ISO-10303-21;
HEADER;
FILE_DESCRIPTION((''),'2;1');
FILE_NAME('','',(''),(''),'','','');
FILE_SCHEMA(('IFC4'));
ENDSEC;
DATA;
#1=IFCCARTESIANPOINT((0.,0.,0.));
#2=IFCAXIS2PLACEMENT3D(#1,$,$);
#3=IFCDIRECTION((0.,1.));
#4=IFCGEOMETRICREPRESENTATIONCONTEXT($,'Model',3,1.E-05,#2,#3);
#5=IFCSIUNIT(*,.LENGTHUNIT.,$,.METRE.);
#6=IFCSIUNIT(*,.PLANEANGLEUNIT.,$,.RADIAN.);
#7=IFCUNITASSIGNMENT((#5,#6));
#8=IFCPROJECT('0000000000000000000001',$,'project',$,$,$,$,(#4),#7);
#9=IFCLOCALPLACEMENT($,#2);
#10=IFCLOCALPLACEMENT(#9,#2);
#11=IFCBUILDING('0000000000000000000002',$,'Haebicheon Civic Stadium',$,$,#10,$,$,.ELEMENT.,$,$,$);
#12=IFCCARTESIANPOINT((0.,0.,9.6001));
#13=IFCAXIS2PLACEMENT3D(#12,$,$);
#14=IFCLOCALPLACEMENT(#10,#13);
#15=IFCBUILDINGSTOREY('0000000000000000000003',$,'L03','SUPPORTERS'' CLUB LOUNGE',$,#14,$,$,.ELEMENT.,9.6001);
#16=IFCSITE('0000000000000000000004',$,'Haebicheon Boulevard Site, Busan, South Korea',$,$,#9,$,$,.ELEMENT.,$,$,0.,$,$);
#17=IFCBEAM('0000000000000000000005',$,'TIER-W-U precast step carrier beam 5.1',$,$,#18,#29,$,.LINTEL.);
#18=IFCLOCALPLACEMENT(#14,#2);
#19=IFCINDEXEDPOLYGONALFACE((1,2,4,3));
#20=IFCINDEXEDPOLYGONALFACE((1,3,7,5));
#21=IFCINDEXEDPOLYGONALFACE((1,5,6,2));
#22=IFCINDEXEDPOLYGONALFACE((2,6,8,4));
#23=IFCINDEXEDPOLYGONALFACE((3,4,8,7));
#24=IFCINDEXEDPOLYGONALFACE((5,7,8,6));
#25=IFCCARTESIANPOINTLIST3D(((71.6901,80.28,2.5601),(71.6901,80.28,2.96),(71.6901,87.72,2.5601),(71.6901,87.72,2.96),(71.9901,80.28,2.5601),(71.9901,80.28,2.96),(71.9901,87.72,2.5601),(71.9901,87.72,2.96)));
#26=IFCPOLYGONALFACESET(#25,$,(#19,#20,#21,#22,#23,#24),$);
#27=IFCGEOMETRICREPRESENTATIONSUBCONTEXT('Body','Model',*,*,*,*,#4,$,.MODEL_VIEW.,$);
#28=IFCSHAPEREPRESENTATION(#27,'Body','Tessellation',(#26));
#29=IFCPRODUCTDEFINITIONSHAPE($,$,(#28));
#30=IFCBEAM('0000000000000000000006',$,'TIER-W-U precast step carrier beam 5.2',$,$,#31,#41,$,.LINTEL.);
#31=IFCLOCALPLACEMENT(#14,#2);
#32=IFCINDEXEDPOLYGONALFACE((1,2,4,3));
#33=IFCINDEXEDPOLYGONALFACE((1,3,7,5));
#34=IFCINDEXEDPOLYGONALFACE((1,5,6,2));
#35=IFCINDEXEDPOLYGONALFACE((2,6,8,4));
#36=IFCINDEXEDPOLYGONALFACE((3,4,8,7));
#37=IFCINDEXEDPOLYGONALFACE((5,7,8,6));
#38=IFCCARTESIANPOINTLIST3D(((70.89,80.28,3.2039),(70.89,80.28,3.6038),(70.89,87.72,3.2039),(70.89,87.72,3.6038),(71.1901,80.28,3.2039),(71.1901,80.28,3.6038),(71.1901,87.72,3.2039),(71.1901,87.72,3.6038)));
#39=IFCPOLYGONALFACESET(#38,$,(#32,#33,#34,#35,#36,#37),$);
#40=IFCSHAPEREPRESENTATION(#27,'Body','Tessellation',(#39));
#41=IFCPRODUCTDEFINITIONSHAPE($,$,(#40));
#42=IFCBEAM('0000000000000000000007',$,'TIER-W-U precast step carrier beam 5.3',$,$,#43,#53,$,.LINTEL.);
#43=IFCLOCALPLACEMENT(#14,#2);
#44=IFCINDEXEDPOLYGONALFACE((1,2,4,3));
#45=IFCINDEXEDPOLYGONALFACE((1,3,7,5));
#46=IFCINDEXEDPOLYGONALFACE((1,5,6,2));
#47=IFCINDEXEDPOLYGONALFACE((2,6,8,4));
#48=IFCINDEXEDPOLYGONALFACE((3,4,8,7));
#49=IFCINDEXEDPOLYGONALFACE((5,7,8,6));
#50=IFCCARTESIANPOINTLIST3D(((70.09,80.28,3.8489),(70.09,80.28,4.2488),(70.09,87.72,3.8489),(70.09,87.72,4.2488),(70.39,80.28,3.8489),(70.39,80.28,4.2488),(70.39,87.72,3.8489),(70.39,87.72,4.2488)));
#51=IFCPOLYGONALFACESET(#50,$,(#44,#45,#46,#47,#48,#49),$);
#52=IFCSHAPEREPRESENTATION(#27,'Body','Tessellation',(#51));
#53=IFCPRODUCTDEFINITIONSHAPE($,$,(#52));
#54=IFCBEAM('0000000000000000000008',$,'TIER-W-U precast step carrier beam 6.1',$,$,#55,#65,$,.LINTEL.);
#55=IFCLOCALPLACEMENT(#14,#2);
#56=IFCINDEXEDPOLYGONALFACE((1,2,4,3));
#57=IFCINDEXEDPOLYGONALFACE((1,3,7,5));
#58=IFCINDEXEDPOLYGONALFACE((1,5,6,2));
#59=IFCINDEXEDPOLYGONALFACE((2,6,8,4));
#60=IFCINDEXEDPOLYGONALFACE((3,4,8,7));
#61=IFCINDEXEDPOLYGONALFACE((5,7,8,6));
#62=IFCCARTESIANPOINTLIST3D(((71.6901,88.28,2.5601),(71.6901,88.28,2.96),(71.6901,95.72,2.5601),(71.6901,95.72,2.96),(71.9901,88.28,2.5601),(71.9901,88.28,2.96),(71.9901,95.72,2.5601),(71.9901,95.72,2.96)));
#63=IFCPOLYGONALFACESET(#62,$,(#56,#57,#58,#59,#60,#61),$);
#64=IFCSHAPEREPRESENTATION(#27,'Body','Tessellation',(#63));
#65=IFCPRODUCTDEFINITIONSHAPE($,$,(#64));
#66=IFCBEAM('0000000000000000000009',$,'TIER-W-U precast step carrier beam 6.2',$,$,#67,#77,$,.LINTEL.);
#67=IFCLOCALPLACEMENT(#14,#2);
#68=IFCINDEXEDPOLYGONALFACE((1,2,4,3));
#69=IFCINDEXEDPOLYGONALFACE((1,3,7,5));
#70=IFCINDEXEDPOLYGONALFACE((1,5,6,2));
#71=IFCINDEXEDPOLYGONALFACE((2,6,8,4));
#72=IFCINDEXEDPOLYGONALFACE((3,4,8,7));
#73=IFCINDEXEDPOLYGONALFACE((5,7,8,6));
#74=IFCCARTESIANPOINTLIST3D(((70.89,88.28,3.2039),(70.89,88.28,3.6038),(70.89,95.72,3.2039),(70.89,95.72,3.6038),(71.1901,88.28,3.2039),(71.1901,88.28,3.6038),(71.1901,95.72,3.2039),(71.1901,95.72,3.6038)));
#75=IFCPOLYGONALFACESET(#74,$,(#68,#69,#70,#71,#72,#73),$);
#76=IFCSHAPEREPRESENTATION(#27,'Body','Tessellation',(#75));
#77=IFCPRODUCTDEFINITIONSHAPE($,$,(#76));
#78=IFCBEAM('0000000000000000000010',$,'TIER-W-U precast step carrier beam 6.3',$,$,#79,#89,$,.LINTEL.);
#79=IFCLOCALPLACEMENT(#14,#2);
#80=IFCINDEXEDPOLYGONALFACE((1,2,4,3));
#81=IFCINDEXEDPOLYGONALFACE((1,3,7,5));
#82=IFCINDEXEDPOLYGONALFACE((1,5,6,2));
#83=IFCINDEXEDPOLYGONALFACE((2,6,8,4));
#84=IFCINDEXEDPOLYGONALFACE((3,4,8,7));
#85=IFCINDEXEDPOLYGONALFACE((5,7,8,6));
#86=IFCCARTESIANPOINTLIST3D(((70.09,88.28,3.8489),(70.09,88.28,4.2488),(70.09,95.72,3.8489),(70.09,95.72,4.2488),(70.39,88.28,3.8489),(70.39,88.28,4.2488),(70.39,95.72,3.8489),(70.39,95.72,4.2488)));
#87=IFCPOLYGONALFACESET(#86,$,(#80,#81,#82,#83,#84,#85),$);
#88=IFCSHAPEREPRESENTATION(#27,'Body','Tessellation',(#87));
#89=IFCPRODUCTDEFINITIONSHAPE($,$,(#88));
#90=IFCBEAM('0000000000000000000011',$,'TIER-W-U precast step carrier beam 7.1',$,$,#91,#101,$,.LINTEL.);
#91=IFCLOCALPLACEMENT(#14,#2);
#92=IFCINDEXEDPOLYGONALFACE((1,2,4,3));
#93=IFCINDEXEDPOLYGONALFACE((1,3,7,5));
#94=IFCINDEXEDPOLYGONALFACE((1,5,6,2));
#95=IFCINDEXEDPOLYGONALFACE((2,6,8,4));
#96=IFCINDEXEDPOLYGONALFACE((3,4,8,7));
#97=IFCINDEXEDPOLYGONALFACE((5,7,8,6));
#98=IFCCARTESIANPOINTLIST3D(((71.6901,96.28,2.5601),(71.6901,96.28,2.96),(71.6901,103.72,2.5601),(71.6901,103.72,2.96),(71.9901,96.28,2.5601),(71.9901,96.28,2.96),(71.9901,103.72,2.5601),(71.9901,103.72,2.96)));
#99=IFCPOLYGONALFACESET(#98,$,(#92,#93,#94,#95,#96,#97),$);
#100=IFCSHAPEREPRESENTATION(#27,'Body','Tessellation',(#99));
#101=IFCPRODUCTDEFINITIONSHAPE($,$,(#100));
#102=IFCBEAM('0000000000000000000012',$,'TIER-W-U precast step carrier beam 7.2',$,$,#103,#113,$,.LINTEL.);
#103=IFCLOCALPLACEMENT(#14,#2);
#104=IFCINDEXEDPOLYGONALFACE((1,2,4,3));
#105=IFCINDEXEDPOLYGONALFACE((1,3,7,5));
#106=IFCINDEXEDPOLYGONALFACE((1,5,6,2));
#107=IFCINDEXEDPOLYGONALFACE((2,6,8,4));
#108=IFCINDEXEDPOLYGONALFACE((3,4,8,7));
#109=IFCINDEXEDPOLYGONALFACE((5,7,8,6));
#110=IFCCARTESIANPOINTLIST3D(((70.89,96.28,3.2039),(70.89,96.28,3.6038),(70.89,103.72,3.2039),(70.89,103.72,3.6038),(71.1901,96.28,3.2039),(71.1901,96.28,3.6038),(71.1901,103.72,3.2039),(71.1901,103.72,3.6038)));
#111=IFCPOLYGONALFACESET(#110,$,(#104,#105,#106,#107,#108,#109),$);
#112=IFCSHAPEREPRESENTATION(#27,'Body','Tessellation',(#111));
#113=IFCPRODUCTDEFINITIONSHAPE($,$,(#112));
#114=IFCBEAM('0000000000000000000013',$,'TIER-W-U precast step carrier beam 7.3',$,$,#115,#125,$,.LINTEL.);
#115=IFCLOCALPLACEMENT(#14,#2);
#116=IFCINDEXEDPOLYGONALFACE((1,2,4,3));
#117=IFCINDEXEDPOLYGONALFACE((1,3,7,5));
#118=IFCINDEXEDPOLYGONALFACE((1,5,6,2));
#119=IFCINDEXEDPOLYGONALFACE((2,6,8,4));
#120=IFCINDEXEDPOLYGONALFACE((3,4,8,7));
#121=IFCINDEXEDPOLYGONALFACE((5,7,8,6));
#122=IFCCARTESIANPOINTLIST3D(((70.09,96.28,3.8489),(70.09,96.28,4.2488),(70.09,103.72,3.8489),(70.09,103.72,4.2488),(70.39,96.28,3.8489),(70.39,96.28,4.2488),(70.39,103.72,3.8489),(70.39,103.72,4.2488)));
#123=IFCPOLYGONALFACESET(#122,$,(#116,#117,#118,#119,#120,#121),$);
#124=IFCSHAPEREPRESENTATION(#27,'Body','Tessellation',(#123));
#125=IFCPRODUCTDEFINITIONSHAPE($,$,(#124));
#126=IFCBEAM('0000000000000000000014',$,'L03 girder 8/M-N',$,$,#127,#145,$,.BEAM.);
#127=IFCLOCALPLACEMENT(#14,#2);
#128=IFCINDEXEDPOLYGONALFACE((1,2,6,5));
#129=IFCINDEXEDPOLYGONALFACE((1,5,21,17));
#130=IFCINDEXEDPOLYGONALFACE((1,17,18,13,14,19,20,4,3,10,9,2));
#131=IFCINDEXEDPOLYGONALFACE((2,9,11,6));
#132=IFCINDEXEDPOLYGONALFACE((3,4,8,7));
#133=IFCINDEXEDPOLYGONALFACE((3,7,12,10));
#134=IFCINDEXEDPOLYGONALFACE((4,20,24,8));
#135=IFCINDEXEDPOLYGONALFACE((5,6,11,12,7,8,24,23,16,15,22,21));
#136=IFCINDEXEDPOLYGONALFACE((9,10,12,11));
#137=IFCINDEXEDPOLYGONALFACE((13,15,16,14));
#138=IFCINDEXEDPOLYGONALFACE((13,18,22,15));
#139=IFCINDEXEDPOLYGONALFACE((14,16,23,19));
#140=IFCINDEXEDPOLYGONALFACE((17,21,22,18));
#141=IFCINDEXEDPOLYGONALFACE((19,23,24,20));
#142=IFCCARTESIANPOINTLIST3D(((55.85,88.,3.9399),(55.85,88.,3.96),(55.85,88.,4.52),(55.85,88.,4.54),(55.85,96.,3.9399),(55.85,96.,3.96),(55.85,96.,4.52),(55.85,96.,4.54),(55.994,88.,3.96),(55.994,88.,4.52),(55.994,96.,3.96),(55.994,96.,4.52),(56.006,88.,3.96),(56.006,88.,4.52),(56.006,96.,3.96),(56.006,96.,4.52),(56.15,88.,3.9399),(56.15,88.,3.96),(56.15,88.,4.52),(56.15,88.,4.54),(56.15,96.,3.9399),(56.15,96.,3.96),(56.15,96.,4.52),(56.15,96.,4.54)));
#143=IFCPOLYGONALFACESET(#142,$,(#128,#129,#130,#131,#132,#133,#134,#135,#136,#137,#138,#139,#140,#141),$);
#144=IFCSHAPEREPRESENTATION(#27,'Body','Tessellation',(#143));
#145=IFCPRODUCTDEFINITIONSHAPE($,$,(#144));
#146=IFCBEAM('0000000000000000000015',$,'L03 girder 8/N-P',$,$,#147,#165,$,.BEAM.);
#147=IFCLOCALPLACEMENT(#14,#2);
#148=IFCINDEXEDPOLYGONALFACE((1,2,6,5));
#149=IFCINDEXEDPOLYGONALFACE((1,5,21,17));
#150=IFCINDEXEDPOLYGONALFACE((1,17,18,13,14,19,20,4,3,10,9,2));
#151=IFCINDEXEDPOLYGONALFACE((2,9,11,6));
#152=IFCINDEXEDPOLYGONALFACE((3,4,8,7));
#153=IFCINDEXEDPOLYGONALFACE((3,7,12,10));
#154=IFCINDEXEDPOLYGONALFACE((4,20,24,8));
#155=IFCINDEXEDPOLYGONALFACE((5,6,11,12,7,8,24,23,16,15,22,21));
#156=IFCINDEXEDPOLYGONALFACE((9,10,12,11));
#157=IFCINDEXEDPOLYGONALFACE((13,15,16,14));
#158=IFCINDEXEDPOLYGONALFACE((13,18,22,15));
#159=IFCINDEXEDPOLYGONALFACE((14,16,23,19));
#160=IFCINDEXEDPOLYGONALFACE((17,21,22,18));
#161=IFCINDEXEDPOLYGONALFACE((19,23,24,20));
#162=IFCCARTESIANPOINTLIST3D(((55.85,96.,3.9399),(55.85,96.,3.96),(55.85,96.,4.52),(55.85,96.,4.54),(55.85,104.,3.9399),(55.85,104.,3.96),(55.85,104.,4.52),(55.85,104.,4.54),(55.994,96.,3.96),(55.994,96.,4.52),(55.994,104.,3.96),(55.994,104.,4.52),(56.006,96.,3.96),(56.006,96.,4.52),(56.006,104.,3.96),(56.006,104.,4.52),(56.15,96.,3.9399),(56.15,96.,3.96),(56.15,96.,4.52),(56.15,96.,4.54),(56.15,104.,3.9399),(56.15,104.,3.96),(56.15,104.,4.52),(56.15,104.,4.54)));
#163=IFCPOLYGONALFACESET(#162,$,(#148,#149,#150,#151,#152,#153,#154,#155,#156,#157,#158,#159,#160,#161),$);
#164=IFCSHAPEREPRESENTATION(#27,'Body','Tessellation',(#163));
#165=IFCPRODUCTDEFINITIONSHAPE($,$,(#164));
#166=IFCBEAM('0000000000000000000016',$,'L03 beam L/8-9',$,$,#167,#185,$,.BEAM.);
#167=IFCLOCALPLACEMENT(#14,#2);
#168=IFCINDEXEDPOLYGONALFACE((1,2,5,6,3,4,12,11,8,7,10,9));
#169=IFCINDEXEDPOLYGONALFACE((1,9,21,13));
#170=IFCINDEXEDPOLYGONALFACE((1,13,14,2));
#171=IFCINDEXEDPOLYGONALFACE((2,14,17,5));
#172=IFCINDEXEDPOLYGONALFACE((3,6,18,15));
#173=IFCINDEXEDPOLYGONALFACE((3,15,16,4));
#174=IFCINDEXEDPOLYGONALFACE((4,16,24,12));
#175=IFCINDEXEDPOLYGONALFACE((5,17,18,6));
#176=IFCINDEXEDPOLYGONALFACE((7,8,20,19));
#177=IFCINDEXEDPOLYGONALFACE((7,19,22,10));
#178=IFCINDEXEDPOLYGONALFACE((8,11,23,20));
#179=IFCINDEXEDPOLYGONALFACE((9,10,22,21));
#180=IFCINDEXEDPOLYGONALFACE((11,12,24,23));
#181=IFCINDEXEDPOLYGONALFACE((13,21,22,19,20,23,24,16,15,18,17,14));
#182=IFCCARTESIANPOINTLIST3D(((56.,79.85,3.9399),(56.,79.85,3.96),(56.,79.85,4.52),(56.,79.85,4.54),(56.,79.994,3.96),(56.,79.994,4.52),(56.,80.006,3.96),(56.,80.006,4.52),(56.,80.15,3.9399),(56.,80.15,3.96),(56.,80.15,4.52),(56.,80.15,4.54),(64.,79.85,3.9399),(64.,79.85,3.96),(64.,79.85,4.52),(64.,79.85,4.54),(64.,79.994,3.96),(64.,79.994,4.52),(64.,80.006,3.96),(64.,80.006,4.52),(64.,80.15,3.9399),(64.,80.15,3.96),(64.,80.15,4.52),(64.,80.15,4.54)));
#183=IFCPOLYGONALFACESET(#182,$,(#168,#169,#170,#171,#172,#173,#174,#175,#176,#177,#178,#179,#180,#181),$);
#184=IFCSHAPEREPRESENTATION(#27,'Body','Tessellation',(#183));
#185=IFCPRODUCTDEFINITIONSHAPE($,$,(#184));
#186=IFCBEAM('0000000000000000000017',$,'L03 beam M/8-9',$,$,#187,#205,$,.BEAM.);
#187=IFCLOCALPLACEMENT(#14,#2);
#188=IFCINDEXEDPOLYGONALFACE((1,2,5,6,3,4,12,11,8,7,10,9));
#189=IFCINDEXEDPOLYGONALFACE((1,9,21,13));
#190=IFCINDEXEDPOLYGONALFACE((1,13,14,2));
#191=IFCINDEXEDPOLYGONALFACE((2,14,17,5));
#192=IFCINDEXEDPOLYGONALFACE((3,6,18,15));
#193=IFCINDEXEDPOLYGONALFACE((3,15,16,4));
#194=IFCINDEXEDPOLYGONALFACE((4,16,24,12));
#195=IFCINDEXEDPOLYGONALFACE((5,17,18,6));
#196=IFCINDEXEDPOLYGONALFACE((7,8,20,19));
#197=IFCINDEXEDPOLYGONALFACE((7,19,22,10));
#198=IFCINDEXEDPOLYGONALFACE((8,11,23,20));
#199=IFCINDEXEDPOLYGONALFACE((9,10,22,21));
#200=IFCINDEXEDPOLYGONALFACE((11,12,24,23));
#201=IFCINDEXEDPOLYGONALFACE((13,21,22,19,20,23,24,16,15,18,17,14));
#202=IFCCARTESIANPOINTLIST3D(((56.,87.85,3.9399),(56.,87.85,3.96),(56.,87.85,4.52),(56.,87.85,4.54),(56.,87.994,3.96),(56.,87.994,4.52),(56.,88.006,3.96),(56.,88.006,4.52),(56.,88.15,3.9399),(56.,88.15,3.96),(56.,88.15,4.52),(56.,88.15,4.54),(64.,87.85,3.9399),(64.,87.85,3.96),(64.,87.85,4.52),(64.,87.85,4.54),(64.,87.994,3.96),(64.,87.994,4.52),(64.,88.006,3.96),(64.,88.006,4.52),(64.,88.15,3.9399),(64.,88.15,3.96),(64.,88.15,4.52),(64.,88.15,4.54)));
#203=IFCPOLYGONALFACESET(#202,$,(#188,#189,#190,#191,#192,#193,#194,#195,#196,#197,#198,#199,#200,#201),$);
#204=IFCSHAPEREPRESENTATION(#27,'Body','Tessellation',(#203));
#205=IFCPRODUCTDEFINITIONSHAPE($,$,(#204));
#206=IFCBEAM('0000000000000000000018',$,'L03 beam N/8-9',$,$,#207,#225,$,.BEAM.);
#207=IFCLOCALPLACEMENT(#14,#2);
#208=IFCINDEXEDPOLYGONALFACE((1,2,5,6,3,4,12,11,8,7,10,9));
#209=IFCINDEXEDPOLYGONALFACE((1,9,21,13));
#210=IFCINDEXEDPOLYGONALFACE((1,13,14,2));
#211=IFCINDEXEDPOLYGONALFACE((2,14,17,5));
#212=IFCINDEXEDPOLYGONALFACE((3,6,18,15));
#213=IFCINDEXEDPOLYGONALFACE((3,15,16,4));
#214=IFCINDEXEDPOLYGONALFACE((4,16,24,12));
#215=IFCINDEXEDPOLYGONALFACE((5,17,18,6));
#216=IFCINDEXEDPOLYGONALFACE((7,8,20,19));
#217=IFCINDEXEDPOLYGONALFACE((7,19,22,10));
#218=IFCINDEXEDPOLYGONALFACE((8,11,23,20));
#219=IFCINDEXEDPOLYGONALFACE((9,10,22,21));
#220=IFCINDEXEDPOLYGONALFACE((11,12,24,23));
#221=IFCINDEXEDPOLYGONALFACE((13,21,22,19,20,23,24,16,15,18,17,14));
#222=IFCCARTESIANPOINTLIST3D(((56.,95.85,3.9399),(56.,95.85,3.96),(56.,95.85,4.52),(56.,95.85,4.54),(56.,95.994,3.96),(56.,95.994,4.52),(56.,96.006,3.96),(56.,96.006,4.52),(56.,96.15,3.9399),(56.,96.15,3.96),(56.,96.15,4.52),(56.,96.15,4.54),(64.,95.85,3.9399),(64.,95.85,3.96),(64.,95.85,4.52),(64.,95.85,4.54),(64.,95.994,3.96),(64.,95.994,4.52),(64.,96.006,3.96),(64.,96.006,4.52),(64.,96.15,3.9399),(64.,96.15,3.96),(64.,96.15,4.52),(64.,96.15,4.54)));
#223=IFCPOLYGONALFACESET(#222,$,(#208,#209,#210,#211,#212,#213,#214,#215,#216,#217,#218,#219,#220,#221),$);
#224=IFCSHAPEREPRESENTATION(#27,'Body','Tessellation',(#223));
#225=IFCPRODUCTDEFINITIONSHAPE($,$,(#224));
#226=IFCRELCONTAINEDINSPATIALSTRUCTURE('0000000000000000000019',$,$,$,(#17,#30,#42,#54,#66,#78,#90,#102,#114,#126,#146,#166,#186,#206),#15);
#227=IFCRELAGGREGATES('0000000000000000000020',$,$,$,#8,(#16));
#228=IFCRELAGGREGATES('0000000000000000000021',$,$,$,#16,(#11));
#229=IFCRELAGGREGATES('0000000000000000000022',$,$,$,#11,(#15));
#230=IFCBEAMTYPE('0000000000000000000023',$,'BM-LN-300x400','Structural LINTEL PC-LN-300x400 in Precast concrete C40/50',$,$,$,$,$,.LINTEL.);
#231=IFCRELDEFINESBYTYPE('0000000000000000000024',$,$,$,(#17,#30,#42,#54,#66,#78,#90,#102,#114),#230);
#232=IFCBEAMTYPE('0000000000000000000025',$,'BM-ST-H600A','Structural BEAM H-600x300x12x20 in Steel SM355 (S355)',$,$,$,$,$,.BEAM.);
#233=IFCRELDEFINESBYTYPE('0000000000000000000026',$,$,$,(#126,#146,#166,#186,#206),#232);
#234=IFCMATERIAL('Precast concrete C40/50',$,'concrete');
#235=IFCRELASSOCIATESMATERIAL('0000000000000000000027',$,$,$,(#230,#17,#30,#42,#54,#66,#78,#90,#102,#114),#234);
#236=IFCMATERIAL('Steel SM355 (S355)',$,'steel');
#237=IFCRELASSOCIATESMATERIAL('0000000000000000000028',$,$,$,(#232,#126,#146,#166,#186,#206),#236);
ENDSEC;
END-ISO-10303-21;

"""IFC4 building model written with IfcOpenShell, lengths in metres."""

from ifc_helpers import new_model, si_unit, direction, frame, origin, origin_2d, place, context, subcontext, project, spatial, rectangle, i_section, extrude, material, material_profile, profile_set, type_object, element, save


model = new_model("IFC4")

# Units and contexts
model_context = context("Model", 3, precision=1e-05, world=origin(), true_north=direction((0.0, 1.0)))
body_context = subcontext(model_context, "Body", "Model", "MODEL_VIEW")
ifc_project = project(units=[si_unit("LENGTHUNIT", "METRE"), si_unit("PLANEANGLEUNIT", "RADIAN")], contexts=[model_context])

# Site, building, storey
site_placement = place(None, origin())
site = spatial("IfcSite", under=ifc_project, at=site_placement, Name="Haebicheon Boulevard Site, Busan, South Korea", CompositionType="ELEMENT", RefElevation=0.0)
building_placement = place(site_placement, origin())
building = spatial("IfcBuilding", under=site, at=building_placement, Name="Haebicheon Civic Stadium", CompositionType="ELEMENT")
storey_placement = place(building_placement, frame((0.0, 0.0, 9.6001)))
storey = spatial("IfcBuildingStorey", under=building, at=storey_placement, Name="L03", Description="SUPPORTERS' CLUB LOUNGE", CompositionType="ELEMENT", Elevation=9.6001)

# Beams
ifc_material_1 = material(Name="Precast concrete C40/50", Category="concrete")
ifc_material_profile_1 = material_profile(ifc_material_1, rectangle(XDim=0.3, YDim=0.3999, at=origin_2d()), Name="PC-LN-300x400")
ifc_profile_set_1 = profile_set([ifc_material_profile_1], Name="Precast concrete C40/50")
beam_type_1 = type_object("IfcBeamType", Name="BM-LN-300x400", Description="Structural LINTEL PC-LN-300x400 in Precast concrete C40/50", PredefinedType="LINTEL", material=ifc_profile_set_1)
for number, where, z_axis, x_axis, name in (
    (1, (71.8401, 80.28, 2.76), (0.0, 1.0, 0.0), (-1.0, 0.0, 0.0), "TIER-W-U precast step carrier beam 5.1"),
    (2, (71.04, 80.28, 3.4038), (0.0, 1.0, 0.0), (-1.0, 0.0, 0.0), "TIER-W-U precast step carrier beam 5.2"),
    (3, (70.24, 80.28, 4.0488), (0.0, 1.0, 0.0), (-1.0, 0.0, 0.0), "TIER-W-U precast step carrier beam 5.3"),
    (4, (71.8401, 88.28, 2.76), (0.0, 1.0, 0.0), (-1.0, 0.0, 0.0), "TIER-W-U precast step carrier beam 6.1"),
    (5, (71.04, 88.28, 3.4038), (0.0, 1.0, 0.0), (-1.0, 0.0, 0.0), "TIER-W-U precast step carrier beam 6.2"),
    (6, (70.24, 88.28, 4.0488), (0.0, 1.0, 0.0), (-1.0, 0.0, 0.0), "TIER-W-U precast step carrier beam 6.3"),
    (7, (71.8401, 96.28, 2.76), (0.0, 1.0, 0.0), (-1.0, 0.0, 0.0), "TIER-W-U precast step carrier beam 7.1"),
    (8, (71.04, 96.28, 3.4038), (0.0, 1.0, 0.0), (-1.0, 0.0, 0.0), "TIER-W-U precast step carrier beam 7.2"),
    (9, (70.24, 96.28, 4.0488), (0.0, 1.0, 0.0), (-1.0, 0.0, 0.0), "TIER-W-U precast step carrier beam 7.3"),
):
    element("IfcBeam", number, at=place(storey_placement, frame(where, z_axis=z_axis, x_axis=x_axis)), inside=storey, type_object=beam_type_1, material=ifc_profile_set_1, Name=name, PredefinedType="LINTEL", context=body_context, shape_type="SweptSolid", body=[
        extrude(rectangle(XDim=0.3, YDim=0.3999, at=origin_2d()), origin(), (0.0, 0.0, 1.0), 7.4399),
    ])
ifc_material_2 = material(Name="Steel SM355 (S355)", Category="steel")
ifc_material_profile_2 = material_profile(ifc_material_2, i_section(OverallWidth=0.3, OverallDepth=0.6001, WebThickness=0.012, FlangeThickness=0.02, at=origin_2d()), Name="H-600x300x12x20")
ifc_profile_set_2 = profile_set([ifc_material_profile_2], Name="Steel SM355 (S355)")
beam_type_2 = type_object("IfcBeamType", Name="BM-ST-H600A", Description="Structural BEAM H-600x300x12x20 in Steel SM355 (S355)", PredefinedType="BEAM", material=ifc_profile_set_2)
for number, where, z_axis, x_axis, name in (
    (10, (56.0, 88.0, 4.24), (0.0, 1.0, 0.0), (-1.0, 0.0, 0.0), "L03 girder 8/M-N"),
    (11, (56.0, 96.0, 4.24), (0.0, 1.0, 0.0), (-1.0, 0.0, 0.0), "L03 girder 8/N-P"),
    (12, (56.0, 80.0, 4.24), (1.0, 0.0, 0.0), (0.0, 1.0, 0.0), "L03 beam L/8-9"),
    (13, (56.0, 88.0, 4.24), (1.0, 0.0, 0.0), (0.0, 1.0, 0.0), "L03 beam M/8-9"),
    (14, (56.0, 96.0, 4.24), (1.0, 0.0, 0.0), (0.0, 1.0, 0.0), "L03 beam N/8-9"),
):
    element("IfcBeam", number, at=place(storey_placement, frame(where, z_axis=z_axis, x_axis=x_axis)), inside=storey, type_object=beam_type_2, material=ifc_profile_set_2, Name=name, PredefinedType="BEAM", context=body_context, shape_type="SweptSolid", body=[
        extrude(i_section(OverallWidth=0.3, OverallDepth=0.6001, WebThickness=0.012, FlangeThickness=0.02, at=origin_2d()), origin(), (0.0, 0.0, 1.0), 8.0),
    ])

save(model, "model.ifc")
